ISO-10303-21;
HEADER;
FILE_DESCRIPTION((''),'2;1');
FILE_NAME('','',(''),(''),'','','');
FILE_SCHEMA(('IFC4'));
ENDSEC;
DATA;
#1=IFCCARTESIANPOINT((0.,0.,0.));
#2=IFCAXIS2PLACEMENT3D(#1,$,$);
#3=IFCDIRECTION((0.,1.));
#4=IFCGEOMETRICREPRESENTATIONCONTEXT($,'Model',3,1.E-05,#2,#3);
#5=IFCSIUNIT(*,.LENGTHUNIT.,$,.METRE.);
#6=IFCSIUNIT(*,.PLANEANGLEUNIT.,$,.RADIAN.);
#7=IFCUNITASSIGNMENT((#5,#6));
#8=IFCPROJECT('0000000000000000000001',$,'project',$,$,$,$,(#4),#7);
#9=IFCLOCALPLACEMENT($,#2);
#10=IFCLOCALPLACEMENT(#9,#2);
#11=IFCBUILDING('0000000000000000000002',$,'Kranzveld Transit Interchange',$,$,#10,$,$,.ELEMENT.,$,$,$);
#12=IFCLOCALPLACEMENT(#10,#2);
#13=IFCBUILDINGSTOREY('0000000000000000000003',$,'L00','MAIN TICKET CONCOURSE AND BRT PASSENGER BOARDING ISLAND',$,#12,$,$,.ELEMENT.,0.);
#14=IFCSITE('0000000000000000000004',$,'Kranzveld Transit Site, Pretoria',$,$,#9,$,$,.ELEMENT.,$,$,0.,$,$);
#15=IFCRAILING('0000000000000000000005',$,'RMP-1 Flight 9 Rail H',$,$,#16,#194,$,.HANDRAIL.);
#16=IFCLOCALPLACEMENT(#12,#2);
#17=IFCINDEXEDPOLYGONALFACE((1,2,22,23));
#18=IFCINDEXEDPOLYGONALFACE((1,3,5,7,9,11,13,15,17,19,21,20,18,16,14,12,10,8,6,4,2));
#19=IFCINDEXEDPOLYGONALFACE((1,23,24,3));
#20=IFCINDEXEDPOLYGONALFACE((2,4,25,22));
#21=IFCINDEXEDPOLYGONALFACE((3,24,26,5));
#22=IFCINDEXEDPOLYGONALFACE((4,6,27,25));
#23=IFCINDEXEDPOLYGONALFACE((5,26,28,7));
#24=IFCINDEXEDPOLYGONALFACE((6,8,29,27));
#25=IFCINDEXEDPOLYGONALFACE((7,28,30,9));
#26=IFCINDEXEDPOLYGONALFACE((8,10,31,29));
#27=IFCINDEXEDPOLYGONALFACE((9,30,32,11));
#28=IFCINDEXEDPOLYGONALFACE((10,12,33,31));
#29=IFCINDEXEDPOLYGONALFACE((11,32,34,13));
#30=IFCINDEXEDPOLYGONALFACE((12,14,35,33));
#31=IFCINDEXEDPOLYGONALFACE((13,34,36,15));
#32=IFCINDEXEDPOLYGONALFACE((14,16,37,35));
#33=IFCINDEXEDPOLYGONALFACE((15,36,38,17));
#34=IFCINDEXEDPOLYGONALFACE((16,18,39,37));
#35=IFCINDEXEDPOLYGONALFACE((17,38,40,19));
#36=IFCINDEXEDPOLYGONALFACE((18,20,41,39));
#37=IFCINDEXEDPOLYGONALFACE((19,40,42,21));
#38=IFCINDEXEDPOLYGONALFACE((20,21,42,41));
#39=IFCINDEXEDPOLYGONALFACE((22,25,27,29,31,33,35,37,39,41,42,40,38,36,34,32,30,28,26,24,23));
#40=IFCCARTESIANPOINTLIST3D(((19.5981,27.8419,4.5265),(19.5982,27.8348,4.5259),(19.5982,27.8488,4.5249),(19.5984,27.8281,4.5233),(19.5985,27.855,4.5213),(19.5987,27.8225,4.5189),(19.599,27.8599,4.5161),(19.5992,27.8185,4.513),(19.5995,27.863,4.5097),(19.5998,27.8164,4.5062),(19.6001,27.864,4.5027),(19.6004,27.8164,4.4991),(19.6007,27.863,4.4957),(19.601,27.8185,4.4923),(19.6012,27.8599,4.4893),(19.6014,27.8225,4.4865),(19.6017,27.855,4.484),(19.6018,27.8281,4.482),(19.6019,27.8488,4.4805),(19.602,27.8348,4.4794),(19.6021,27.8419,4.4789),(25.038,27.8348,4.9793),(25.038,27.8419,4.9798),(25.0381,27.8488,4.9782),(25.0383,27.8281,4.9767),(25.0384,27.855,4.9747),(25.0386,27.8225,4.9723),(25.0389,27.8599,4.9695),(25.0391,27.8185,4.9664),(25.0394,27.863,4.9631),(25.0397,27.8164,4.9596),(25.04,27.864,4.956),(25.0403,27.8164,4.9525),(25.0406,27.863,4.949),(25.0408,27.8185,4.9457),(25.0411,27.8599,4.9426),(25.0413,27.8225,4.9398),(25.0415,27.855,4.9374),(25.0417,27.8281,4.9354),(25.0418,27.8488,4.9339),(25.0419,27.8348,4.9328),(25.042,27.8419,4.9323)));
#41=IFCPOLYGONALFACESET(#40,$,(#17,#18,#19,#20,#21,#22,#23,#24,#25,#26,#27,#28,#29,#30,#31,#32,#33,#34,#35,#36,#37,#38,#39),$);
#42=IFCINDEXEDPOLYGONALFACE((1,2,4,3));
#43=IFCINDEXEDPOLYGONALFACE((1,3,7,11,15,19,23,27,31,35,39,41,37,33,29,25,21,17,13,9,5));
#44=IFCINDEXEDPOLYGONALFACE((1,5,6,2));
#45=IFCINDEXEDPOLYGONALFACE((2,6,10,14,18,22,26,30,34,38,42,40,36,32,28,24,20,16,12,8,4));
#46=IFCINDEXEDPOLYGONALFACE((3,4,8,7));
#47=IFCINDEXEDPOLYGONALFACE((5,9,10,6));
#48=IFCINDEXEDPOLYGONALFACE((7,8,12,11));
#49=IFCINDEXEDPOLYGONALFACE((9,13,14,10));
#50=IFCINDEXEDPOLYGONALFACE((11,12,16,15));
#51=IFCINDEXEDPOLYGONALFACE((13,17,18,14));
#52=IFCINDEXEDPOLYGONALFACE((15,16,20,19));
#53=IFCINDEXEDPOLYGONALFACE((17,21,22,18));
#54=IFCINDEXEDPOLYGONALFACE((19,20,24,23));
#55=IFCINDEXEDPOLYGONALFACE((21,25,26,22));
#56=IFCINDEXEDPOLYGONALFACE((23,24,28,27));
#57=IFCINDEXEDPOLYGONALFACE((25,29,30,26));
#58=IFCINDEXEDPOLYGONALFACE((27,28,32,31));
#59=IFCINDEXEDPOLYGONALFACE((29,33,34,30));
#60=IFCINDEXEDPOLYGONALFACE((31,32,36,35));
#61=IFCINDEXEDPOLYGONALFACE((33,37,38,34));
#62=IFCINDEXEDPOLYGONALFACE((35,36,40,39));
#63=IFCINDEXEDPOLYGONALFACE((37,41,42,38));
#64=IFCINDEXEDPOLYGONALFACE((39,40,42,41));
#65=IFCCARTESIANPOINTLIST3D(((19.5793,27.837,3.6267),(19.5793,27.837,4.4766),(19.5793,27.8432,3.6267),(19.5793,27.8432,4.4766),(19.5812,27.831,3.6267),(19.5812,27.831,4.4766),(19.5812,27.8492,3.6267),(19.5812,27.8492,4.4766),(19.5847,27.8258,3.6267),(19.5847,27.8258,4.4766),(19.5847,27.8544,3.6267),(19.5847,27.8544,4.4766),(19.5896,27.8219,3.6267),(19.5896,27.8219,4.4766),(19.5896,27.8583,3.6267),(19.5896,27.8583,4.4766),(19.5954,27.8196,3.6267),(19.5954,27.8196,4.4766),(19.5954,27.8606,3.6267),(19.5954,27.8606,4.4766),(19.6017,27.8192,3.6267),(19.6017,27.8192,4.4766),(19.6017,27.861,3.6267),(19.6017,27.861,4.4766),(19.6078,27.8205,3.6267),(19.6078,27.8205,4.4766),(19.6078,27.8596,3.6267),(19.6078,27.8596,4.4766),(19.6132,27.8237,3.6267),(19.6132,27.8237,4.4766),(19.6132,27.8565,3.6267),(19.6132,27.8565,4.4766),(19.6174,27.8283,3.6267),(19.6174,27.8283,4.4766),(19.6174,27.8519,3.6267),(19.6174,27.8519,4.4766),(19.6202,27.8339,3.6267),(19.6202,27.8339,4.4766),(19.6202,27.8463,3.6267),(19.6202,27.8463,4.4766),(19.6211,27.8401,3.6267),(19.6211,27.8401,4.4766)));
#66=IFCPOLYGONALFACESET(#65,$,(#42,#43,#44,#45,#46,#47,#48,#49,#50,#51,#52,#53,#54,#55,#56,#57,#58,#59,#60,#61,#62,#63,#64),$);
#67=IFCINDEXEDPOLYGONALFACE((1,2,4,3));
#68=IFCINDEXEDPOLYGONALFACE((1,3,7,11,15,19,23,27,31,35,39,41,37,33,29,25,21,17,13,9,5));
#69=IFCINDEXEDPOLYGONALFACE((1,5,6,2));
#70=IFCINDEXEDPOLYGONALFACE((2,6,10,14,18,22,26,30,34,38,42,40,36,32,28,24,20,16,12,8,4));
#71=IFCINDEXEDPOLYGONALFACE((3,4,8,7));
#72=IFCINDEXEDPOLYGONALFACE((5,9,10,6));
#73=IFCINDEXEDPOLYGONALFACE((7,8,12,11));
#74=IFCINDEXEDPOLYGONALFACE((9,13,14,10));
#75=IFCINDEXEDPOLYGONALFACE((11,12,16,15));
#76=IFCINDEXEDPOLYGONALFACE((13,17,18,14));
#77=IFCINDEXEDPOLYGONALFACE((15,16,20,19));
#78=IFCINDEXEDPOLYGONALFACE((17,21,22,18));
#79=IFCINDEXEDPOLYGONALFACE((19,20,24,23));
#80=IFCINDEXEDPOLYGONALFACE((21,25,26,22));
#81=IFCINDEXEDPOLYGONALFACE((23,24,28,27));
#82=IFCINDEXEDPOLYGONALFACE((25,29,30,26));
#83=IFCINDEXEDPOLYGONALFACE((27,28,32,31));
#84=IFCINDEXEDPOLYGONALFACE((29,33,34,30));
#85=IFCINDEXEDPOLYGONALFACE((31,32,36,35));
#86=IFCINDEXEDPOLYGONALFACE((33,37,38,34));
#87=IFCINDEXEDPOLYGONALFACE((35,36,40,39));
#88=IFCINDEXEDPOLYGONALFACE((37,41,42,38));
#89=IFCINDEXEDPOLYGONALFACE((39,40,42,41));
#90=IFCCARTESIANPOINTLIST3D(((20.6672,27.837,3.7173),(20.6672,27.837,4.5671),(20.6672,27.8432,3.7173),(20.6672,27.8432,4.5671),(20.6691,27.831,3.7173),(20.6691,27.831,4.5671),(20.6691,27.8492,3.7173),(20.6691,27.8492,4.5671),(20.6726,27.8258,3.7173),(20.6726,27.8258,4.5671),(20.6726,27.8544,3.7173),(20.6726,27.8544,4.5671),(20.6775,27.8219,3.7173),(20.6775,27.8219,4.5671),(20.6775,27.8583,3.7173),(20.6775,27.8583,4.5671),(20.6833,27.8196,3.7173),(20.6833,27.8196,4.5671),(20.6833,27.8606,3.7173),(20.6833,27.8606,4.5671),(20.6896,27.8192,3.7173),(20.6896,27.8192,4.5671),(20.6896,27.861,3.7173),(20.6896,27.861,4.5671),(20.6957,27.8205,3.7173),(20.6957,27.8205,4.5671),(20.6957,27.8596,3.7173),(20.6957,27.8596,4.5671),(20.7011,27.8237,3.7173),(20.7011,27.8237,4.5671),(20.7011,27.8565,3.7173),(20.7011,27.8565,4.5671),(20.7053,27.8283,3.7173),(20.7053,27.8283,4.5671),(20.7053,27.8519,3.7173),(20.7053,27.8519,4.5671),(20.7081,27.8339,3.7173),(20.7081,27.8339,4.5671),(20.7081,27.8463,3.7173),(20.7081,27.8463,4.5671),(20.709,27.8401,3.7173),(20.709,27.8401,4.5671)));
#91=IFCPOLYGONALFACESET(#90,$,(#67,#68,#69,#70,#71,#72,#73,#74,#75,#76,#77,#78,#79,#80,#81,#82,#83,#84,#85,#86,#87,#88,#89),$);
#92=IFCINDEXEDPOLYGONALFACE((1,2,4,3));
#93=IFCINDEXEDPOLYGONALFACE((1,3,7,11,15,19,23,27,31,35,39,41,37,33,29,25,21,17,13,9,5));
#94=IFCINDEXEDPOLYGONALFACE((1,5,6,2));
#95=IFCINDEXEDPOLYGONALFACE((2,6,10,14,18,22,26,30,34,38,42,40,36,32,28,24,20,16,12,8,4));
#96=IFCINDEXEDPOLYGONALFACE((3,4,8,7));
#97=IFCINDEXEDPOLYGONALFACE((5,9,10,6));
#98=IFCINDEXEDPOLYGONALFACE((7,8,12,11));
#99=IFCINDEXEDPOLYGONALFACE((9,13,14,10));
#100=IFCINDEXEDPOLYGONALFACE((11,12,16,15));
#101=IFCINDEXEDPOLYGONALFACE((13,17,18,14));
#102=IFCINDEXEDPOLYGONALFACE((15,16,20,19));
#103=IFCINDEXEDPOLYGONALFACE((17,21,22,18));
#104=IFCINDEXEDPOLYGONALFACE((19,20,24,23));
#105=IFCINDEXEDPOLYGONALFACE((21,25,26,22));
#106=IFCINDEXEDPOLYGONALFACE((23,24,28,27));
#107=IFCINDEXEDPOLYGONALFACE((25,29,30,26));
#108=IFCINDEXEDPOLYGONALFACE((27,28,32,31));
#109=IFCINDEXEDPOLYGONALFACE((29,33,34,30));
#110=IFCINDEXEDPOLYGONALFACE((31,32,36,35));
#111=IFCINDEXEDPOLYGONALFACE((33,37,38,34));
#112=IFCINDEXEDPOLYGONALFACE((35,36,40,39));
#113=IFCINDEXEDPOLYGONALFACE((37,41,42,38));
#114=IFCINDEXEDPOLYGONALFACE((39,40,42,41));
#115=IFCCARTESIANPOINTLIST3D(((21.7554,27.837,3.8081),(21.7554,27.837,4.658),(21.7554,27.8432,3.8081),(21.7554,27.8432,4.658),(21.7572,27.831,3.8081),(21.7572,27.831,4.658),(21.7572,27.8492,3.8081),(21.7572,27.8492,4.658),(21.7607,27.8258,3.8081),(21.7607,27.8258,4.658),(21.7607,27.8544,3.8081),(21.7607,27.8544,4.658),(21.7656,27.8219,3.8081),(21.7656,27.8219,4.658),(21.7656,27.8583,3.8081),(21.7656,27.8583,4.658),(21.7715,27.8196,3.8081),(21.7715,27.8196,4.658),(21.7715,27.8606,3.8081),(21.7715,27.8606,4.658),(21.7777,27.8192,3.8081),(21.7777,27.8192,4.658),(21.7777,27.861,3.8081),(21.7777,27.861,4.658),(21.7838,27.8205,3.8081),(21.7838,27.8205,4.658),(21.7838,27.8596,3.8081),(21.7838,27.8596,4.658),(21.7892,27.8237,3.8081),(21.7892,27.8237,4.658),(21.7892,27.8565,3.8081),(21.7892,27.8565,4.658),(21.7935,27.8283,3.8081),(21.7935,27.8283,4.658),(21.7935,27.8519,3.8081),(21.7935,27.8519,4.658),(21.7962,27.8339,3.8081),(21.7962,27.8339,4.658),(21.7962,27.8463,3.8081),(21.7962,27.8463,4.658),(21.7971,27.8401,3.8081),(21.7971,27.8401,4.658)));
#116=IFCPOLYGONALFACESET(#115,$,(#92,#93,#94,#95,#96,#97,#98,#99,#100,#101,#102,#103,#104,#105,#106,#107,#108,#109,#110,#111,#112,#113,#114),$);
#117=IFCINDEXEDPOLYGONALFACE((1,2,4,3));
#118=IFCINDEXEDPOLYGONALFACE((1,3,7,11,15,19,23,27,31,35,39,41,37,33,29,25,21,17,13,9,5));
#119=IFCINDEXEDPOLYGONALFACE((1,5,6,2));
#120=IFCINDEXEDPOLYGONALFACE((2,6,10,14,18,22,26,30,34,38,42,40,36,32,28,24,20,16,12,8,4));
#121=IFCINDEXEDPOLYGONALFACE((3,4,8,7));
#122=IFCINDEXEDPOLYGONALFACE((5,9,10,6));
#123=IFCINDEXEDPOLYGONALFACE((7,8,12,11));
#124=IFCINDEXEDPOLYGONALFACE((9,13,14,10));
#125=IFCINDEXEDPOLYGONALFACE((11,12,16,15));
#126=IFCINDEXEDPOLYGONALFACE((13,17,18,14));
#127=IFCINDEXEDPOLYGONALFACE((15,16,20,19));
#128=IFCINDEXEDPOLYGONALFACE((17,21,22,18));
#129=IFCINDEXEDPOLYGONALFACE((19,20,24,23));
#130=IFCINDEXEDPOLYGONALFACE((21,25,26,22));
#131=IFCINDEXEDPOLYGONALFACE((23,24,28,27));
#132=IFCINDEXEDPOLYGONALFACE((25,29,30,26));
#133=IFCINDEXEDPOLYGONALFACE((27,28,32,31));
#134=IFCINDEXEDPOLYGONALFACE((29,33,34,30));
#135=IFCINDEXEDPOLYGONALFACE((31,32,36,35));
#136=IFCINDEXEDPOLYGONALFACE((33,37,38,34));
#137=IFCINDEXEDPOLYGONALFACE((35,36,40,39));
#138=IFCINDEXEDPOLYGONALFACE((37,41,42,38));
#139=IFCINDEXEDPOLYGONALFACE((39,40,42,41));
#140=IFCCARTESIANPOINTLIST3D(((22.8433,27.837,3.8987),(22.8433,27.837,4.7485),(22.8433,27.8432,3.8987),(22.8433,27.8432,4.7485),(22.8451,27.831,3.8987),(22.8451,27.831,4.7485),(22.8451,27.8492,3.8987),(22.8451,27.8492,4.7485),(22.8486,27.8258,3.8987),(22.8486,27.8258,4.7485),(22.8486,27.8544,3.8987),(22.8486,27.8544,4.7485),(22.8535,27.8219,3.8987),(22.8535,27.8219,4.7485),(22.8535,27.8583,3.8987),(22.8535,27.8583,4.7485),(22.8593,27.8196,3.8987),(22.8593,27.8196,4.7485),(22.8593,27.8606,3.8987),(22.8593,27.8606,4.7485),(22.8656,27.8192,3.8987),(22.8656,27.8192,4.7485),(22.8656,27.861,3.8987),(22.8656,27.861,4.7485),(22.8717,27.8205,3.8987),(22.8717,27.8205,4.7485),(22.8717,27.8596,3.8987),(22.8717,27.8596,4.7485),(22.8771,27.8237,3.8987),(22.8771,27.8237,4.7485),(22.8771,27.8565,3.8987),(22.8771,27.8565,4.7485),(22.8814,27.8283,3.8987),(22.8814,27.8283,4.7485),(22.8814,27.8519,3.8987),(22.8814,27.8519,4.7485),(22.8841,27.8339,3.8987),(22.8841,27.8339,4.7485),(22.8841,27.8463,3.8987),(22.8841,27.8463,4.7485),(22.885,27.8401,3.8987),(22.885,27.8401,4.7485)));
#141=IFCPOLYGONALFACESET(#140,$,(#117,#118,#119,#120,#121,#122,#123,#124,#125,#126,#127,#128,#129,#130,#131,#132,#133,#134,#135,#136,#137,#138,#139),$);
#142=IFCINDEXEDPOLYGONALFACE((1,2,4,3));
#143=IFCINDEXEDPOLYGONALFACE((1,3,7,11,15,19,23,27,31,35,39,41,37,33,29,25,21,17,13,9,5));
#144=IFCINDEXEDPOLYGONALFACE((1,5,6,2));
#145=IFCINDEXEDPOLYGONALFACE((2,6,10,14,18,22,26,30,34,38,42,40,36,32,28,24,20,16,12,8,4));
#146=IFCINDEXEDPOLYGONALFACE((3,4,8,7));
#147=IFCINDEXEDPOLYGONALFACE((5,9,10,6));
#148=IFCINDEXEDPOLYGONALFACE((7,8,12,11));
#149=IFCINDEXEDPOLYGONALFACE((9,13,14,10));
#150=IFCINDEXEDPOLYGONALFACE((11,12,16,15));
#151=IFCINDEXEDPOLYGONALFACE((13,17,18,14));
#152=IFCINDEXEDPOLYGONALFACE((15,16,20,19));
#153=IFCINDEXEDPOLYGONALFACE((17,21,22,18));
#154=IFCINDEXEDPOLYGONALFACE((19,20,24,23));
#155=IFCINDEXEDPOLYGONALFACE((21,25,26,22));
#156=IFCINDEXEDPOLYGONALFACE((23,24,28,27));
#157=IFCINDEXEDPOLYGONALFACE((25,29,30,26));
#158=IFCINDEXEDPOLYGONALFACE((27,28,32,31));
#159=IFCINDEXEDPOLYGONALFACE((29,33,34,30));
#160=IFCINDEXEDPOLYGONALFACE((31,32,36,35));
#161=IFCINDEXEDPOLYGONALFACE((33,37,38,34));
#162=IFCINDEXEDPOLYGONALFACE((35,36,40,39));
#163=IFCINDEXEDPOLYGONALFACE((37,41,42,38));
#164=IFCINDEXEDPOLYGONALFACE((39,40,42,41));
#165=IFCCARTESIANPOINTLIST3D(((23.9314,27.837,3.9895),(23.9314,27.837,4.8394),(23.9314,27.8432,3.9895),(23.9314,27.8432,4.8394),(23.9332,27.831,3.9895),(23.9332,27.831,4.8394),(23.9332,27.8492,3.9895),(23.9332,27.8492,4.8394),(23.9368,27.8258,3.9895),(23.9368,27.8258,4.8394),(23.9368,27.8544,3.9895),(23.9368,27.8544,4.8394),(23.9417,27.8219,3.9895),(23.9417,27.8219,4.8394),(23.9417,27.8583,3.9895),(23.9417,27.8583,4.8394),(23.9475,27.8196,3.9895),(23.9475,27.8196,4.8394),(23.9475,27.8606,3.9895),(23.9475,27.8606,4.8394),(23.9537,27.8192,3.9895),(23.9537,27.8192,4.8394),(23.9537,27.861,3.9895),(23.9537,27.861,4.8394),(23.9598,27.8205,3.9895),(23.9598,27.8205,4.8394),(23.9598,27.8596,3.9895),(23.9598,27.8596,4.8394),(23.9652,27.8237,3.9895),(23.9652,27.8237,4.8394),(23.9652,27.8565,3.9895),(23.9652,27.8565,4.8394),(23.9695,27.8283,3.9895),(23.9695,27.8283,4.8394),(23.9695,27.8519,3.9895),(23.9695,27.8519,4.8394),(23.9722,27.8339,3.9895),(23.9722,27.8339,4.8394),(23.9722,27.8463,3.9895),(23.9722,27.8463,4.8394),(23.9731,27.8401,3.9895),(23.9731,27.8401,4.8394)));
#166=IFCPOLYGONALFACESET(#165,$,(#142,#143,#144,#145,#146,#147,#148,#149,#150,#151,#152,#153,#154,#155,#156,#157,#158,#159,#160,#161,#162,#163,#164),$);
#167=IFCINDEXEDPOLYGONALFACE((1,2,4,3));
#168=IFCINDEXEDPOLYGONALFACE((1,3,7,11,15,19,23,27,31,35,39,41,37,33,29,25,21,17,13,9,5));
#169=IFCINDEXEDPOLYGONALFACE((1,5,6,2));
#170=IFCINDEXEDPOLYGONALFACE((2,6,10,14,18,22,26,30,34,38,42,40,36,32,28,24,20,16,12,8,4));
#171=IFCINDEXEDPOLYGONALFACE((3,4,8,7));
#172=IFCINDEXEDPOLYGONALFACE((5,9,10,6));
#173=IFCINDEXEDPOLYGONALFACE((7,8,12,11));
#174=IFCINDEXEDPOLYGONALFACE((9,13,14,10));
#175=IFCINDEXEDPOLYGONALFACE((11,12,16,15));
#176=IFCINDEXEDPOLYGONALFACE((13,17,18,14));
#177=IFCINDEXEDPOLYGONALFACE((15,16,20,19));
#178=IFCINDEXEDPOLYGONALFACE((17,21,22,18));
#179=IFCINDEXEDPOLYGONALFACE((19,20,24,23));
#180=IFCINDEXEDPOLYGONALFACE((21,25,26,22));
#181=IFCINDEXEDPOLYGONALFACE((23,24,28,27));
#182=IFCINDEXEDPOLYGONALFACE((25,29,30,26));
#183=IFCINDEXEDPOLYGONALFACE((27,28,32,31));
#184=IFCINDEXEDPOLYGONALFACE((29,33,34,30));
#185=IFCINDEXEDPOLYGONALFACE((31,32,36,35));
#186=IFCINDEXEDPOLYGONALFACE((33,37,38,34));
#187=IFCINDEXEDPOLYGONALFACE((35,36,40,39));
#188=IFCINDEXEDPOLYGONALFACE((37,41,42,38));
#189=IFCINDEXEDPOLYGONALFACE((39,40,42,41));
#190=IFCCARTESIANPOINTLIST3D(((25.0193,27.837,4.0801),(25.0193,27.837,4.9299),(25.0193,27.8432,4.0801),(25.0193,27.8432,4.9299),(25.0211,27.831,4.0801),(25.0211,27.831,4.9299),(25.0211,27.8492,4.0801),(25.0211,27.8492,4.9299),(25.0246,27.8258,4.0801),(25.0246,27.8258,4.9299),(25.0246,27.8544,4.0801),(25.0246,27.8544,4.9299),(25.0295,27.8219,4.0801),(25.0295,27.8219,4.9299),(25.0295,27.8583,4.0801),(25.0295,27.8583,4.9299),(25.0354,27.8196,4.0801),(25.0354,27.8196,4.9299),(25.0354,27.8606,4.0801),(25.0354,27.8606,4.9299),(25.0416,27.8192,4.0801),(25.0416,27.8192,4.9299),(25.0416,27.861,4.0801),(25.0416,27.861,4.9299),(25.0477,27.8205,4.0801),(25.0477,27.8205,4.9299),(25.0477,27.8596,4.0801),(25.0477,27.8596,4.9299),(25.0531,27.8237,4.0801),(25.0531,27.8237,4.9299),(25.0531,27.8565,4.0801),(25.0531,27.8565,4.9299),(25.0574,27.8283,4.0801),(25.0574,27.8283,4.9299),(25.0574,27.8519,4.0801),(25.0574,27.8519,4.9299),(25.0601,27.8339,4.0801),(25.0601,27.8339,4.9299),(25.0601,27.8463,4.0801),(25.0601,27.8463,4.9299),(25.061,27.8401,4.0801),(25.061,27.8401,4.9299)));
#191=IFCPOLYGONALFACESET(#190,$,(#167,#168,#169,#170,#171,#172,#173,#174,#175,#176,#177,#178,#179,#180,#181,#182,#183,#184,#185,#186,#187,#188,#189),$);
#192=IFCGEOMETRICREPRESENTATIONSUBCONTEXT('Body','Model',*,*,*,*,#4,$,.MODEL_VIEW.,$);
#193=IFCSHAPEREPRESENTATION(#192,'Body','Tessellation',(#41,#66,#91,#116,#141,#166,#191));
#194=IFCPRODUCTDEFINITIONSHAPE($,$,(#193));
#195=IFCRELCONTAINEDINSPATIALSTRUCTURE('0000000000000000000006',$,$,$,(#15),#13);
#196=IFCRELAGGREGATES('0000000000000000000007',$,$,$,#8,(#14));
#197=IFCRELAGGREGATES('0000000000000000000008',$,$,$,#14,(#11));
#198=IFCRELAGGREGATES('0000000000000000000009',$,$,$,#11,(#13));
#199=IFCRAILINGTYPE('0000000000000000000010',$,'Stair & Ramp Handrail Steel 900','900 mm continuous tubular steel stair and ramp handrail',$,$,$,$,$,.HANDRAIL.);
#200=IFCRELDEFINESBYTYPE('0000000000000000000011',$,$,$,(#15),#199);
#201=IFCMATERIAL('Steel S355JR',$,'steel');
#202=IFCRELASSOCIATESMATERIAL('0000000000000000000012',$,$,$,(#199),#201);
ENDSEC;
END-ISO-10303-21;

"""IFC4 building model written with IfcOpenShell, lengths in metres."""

from ifc_helpers import new_model, si_unit, direction, frame, origin, origin_2d, place, context, subcontext, project, spatial, circle, extrude, material, type_object, element, save


model = new_model("IFC4")

# Units and contexts
model_context = context("Model", 3, precision=1e-05, world=origin(), true_north=direction((0.0, 1.0)))
body_context = subcontext(model_context, "Body", "Model", "MODEL_VIEW")
ifc_project = project(units=[si_unit("LENGTHUNIT", "METRE"), si_unit("PLANEANGLEUNIT", "RADIAN")], contexts=[model_context])

# Site, building, storey
site_placement = place(None, origin())
site = spatial("IfcSite", under=ifc_project, at=site_placement, Name="Kranzveld Transit Site, Pretoria", CompositionType="ELEMENT", RefElevation=0.0)
building_placement = place(site_placement, origin())
building = spatial("IfcBuilding", under=site, at=building_placement, Name="Kranzveld Transit Interchange", CompositionType="ELEMENT")
storey_placement = place(building_placement, origin())
storey = spatial("IfcBuildingStorey", under=building, at=storey_placement, Name="L00", Description="MAIN TICKET CONCOURSE AND BRT PASSENGER BOARDING ISLAND", CompositionType="ELEMENT", Elevation=0.0)

# Railing
ifc_material_1 = material(Name="Steel S355JR", Category="steel")
railing_type_1 = type_object("IfcRailingType", Name="Stair & Ramp Handrail Steel 900", Description="900 mm continuous tubular steel stair and ramp handrail", PredefinedType="HANDRAIL", material=ifc_material_1)
for number, where, name in (
    (1, (19.6001, 27.8401, 3.6267), "RMP-1 Flight 9 Rail H"),
):
    element("IfcRailing", number, at=place(storey_placement, frame(where)), inside=storey, type_object=railing_type_1, Name=name, PredefinedType="HANDRAIL", context=body_context, shape_type="SweptSolid", body=[
        extrude(circle(Radius=0.0239, at=origin_2d()), frame((0.0, 0.0, 0.876), z_axis=(0.996545, 0.0, 0.083053), x_axis=(0.0, 1.0, 0.0)), (0.0, 0.0, 1.0), 5.4587),
        extrude(circle(Radius=0.021, at=origin_2d()), origin(), (0.0, 0.0, 1.0), 0.8499),
        extrude(circle(Radius=0.021, at=origin_2d()), frame((1.0879, 0.0, 0.0906)), (0.0, 0.0, 1.0), 0.8499),
        extrude(circle(Radius=0.021, at=origin_2d()), frame((2.176, 0.0, 0.1814)), (0.0, 0.0, 1.0), 0.8499),
        extrude(circle(Radius=0.021, at=origin_2d()), frame((3.2639, 0.0, 0.272)), (0.0, 0.0, 1.0), 0.8499),
        extrude(circle(Radius=0.021, at=origin_2d()), frame((4.3521, 0.0, 0.3628)), (0.0, 0.0, 1.0), 0.8499),
        extrude(circle(Radius=0.021, at=origin_2d()), frame((5.4399, 0.0, 0.4534)), (0.0, 0.0, 1.0), 0.8499),
    ])

save(model, "model.ifc")
